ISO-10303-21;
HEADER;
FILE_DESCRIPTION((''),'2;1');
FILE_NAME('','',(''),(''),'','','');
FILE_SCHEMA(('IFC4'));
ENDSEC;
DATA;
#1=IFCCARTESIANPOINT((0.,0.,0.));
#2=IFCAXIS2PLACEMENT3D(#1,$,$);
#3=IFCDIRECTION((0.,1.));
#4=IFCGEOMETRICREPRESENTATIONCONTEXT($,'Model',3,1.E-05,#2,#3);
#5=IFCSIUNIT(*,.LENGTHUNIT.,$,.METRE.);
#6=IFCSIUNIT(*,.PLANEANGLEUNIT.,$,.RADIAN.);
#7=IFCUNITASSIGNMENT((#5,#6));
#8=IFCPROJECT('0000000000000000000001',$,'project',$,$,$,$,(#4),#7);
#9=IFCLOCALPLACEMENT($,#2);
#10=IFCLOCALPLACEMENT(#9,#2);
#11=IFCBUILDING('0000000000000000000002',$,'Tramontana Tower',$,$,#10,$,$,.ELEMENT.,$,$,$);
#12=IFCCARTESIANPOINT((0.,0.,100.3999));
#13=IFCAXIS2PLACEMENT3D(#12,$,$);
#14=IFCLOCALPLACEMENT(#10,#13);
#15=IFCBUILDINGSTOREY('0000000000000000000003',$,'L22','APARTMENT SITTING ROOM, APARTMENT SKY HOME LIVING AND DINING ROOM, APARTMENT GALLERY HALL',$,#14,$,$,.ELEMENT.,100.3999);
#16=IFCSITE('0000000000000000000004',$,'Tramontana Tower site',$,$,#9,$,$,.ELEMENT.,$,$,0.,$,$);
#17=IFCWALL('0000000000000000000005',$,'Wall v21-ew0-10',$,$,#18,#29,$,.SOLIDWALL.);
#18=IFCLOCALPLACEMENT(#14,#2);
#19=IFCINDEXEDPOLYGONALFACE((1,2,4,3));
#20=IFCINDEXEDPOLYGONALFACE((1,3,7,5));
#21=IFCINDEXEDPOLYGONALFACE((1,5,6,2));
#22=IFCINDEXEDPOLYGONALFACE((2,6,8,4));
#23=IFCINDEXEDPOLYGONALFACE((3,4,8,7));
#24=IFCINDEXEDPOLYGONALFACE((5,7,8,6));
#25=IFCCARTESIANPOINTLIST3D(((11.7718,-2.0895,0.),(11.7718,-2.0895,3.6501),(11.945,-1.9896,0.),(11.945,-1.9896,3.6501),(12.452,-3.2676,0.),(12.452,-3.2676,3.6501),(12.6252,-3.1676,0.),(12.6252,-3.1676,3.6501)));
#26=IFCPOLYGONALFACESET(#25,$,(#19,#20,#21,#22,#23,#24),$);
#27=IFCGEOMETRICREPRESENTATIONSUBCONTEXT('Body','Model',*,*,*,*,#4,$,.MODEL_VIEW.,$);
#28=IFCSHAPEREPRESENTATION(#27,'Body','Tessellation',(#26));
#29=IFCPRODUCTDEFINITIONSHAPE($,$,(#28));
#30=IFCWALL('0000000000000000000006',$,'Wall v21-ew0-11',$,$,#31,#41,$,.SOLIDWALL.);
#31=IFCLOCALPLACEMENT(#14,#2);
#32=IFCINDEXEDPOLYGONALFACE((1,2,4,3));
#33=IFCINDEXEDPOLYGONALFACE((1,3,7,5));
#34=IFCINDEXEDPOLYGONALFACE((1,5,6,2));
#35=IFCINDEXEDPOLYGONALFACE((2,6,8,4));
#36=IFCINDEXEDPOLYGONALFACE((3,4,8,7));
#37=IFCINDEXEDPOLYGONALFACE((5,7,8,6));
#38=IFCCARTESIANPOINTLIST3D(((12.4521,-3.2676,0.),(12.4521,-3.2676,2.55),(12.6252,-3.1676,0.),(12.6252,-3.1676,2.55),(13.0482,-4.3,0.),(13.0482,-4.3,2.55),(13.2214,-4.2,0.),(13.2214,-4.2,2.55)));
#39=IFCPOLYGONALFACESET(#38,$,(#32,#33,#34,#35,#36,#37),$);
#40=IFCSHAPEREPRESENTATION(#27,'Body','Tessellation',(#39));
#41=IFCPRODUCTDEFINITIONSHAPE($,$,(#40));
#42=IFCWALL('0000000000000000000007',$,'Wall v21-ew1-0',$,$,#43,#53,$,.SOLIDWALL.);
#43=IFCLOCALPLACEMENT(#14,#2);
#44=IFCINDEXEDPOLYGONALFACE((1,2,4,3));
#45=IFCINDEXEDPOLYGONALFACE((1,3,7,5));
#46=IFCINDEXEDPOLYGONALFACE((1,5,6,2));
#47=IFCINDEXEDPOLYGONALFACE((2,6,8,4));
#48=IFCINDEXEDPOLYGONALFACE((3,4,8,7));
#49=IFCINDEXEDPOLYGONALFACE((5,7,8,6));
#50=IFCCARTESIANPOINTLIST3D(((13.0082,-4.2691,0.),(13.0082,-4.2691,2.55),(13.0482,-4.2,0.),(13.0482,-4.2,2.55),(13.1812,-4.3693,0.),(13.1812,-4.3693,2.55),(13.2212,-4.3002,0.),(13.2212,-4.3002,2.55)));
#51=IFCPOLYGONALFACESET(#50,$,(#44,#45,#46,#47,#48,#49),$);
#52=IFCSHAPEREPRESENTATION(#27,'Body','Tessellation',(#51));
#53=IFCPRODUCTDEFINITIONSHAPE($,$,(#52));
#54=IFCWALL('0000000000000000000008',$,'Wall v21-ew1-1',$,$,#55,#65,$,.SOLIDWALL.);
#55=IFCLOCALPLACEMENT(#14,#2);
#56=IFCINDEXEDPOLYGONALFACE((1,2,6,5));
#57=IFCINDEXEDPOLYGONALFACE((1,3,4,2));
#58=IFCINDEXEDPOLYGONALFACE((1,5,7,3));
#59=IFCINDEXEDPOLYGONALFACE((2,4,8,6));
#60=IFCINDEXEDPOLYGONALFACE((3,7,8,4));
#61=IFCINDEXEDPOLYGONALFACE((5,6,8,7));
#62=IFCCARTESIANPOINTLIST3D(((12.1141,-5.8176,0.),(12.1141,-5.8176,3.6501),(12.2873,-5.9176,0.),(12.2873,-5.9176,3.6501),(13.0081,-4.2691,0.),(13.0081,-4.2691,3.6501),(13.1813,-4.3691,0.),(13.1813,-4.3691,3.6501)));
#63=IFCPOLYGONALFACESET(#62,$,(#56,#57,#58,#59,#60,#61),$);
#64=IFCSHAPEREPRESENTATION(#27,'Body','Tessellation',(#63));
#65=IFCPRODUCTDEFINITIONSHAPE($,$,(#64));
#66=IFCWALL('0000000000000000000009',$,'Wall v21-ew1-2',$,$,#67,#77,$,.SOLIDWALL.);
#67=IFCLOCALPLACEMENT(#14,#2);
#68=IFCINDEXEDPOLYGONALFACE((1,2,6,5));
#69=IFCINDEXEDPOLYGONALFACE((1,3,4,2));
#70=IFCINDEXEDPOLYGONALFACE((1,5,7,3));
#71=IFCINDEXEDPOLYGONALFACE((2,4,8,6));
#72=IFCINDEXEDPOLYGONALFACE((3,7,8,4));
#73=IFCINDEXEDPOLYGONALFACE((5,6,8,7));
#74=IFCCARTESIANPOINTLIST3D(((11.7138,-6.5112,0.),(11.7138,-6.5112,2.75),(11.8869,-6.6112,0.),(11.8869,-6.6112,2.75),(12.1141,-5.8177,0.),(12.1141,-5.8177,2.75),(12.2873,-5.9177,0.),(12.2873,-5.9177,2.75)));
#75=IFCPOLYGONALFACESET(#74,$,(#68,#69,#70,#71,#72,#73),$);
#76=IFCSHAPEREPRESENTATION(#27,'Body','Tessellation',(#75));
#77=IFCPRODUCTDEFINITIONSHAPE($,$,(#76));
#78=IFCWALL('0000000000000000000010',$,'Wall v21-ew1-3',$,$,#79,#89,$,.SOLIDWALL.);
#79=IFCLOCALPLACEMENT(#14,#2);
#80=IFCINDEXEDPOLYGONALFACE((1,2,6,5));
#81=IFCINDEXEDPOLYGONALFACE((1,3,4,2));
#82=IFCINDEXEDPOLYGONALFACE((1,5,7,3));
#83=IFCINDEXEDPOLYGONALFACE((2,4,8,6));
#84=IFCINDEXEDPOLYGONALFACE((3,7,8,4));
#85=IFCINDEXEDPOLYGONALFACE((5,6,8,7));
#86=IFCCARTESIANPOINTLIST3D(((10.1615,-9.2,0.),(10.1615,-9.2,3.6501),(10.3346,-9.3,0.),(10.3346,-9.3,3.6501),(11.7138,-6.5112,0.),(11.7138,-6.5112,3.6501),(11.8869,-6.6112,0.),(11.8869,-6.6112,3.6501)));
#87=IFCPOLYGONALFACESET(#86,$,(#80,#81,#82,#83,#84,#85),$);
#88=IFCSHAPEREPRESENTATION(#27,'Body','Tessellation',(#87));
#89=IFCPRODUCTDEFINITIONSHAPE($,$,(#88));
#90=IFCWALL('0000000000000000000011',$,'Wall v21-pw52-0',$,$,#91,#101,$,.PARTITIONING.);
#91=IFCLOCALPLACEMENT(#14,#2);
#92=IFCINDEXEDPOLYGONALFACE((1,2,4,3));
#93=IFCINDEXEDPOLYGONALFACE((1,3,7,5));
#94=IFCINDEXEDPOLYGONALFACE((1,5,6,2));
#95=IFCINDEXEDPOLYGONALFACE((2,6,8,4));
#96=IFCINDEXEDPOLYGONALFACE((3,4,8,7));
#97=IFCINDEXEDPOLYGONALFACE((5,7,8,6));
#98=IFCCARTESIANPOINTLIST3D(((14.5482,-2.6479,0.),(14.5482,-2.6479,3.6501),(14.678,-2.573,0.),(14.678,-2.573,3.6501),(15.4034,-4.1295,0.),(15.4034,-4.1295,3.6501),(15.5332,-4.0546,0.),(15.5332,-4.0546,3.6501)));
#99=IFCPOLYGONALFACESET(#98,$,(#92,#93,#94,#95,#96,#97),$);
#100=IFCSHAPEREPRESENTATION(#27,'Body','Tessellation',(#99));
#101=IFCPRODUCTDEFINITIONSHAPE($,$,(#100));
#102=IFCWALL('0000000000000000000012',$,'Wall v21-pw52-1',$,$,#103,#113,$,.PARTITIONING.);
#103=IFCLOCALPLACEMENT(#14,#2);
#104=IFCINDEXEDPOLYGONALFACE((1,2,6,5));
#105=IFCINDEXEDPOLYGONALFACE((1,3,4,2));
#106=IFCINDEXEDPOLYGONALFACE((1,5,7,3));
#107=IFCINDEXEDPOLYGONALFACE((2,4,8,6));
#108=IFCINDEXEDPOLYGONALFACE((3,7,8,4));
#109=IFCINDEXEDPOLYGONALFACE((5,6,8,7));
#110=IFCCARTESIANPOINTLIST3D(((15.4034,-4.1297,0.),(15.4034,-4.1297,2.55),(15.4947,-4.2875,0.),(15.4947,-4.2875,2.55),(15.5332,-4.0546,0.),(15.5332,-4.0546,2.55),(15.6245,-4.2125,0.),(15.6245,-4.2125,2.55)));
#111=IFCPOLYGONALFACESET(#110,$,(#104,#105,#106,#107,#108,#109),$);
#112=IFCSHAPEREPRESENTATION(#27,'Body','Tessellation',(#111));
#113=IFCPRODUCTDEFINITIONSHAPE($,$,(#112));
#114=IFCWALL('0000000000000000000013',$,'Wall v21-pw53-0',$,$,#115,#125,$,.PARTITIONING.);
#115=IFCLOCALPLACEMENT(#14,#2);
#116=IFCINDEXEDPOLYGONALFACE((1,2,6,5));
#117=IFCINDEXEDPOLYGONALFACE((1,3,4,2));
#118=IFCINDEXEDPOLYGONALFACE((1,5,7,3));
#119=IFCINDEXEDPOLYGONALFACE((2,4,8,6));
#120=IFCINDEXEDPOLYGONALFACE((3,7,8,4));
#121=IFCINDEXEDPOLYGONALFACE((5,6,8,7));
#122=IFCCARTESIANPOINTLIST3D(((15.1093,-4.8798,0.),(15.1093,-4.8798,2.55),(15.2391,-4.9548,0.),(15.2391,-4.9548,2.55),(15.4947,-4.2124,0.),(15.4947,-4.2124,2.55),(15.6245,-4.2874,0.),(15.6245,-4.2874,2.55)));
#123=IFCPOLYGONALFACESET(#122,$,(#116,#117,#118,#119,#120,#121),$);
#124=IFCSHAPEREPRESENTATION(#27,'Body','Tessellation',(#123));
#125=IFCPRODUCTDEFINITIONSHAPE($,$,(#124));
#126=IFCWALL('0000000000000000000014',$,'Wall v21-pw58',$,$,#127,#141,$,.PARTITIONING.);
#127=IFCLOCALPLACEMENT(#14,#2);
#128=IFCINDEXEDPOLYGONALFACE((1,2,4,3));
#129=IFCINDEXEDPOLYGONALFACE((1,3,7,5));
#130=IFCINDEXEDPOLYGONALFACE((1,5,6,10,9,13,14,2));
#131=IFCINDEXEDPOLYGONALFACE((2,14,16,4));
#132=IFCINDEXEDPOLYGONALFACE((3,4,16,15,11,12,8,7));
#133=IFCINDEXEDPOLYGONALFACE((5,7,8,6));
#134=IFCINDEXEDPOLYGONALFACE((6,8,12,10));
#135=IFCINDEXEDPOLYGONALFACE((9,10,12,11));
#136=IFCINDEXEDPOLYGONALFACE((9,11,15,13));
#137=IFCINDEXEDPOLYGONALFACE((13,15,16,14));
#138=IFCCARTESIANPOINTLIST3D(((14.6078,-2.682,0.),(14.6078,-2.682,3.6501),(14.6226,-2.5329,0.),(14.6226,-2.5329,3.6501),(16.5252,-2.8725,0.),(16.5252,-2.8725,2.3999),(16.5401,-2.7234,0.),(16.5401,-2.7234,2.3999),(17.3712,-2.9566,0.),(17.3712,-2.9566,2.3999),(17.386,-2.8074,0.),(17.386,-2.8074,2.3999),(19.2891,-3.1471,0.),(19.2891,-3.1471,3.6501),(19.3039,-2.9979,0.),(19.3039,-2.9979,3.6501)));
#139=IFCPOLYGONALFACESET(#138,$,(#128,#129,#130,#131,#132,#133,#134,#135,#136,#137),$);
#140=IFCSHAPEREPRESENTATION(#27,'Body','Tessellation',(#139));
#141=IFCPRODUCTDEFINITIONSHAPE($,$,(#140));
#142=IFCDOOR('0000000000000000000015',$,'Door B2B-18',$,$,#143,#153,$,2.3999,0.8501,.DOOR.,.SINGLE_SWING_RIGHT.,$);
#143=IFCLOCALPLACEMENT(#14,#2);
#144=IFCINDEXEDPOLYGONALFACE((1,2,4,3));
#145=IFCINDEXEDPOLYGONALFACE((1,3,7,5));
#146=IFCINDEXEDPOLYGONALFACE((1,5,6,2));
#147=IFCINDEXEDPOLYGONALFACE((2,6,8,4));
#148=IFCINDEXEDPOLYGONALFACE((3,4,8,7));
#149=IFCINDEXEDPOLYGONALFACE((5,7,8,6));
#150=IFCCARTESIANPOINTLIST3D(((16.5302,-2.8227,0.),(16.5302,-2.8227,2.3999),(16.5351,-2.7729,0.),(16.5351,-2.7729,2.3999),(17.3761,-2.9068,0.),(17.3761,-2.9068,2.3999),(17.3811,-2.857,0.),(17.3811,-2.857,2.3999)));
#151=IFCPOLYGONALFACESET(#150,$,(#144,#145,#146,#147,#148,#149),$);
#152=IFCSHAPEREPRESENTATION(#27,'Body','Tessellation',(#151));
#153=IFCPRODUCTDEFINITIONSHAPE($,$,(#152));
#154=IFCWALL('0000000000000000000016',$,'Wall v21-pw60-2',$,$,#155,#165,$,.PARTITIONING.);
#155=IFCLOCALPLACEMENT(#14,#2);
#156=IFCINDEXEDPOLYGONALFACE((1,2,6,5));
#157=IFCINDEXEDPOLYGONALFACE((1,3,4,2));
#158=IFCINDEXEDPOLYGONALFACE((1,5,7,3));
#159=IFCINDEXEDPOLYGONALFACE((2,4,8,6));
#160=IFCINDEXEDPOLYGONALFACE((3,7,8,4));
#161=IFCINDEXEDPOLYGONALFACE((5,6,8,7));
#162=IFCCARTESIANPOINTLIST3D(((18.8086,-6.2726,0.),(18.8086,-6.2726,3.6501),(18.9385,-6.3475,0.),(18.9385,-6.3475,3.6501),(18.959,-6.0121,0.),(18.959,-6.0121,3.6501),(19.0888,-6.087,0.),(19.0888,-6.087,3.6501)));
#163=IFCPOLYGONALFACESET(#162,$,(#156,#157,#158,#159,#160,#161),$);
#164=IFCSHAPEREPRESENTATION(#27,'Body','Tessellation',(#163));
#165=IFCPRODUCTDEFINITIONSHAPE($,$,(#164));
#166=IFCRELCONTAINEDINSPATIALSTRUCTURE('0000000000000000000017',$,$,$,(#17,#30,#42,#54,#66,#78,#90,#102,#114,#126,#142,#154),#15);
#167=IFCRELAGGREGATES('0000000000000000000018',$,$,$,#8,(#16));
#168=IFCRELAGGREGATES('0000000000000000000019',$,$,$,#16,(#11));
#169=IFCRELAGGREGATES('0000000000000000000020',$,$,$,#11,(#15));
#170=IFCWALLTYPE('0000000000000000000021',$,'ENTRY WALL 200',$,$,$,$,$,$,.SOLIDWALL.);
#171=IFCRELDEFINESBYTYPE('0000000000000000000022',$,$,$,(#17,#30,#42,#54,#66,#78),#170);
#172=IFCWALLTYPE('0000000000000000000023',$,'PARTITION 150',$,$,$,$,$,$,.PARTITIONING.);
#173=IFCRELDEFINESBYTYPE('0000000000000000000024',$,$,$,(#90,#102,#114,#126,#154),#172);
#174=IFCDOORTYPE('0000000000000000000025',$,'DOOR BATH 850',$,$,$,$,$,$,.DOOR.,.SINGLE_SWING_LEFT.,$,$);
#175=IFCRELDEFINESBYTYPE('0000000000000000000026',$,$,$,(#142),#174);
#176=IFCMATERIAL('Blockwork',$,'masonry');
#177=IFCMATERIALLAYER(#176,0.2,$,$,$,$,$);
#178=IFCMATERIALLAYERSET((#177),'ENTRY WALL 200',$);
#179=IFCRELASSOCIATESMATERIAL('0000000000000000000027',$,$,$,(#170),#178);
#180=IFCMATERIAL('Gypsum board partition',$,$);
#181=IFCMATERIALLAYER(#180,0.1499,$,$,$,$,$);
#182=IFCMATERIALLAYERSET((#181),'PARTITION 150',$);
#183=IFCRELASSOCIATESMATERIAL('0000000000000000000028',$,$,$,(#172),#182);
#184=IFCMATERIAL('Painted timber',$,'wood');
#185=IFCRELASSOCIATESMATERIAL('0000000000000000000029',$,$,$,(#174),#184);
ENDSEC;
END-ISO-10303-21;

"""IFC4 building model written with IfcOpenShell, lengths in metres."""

from ifc_helpers import new_model, si_unit, direction, frame, frame_2d, origin, place, context, subcontext, project, spatial, rectangle, extrude, material, layer, layer_set, type_object, element, fill, save


model = new_model("IFC4")

# Units and contexts
model_context = context("Model", 3, precision=1e-05, world=origin(), true_north=direction((0.0, 1.0)))
body_context = subcontext(model_context, "Body", "Model", "MODEL_VIEW")
ifc_project = project(units=[si_unit("LENGTHUNIT", "METRE"), si_unit("PLANEANGLEUNIT", "RADIAN")], contexts=[model_context])

# Site, building, storey
site_placement = place(None, origin())
site = spatial("IfcSite", under=ifc_project, at=site_placement, Name="Tramontana Tower site", CompositionType="ELEMENT", RefElevation=0.0)
building_placement = place(site_placement, origin())
building = spatial("IfcBuilding", under=site, at=building_placement, Name="Tramontana Tower", CompositionType="ELEMENT")
storey_placement = place(building_placement, frame((0.0, 0.0, 100.3999)))
storey = spatial("IfcBuildingStorey", under=building, at=storey_placement, Name="L22", Description="APARTMENT SITTING ROOM, APARTMENT SKY HOME LIVING AND DINING ROOM, APARTMENT GALLERY HALL", CompositionType="ELEMENT", Elevation=100.3999)

# Walls
ifc_material_1 = material(Name="Blockwork", Category="masonry")
ifc_layer_1 = layer(ifc_material_1, 0.2)
ifc_layer_set_1 = layer_set([ifc_layer_1], Name="ENTRY WALL 200")
wall_type_1 = type_object("IfcWallType", Name="ENTRY WALL 200", PredefinedType="SOLIDWALL", material=ifc_layer_set_1)
wall_1_placement = place(storey_placement, frame((11.8584, -2.0396, 0.0), z_axis=(0.0, 0.0, 1.0), x_axis=(0.500038, -0.866003, 0.0)))
element("IfcWall", 1, at=wall_1_placement, inside=storey, type_object=wall_type_1, Name="Wall v21-ew0-10", PredefinedType="SOLIDWALL", context=body_context, shape_type="SweptSolid", body=[
    extrude(rectangle(XDim=1.3604, YDim=0.2, at=frame_2d((0.6802, 0.0))), origin(), (0.0, 0.0, 1.0), 3.6501),
])
wall_2_placement = place(storey_placement, frame((12.5386, -3.2175, 0.0), z_axis=(0.0, 0.0, 1.0), x_axis=(0.500059, -0.865991, 0.0)))
element("IfcWall", 2, at=wall_2_placement, inside=storey, type_object=wall_type_1, Name="Wall v21-ew0-11", PredefinedType="SOLIDWALL", context=body_context, shape_type="SweptSolid", body=[
    extrude(rectangle(XDim=1.1921, YDim=0.2, at=frame_2d((0.5962, 0.0))), origin(), (0.0, 0.0, 1.0), 2.55),
])
wall_3_placement = place(storey_placement, frame((13.1348, -4.25, 0.0), z_axis=(0.0, 0.0, 1.0), x_axis=(-0.501398, -0.865217, 0.0)))
element("IfcWall", 3, at=wall_3_placement, inside=storey, type_object=wall_type_1, Name="Wall v21-ew1-0", PredefinedType="SOLIDWALL", context=body_context, shape_type="SweptSolid", body=[
    extrude(rectangle(XDim=0.0798, YDim=0.2, at=frame_2d((0.04, 0.0))), origin(), (0.0, 0.0, 1.0), 2.55),
])
wall_4_placement = place(storey_placement, frame((13.0947, -4.3191, 0.0), z_axis=(0.0, 0.0, 1.0), x_axis=(-0.499986, -0.866033, 0.0)))
element("IfcWall", 4, at=wall_4_placement, inside=storey, type_object=wall_type_1, Name="Wall v21-ew1-1", PredefinedType="SOLIDWALL", context=body_context, shape_type="SweptSolid", body=[
    extrude(rectangle(XDim=1.7881, YDim=0.2, at=frame_2d((0.894, 0.0))), origin(), (0.0, 0.0, 1.0), 3.6501),
])
wall_5_placement = place(storey_placement, frame((12.2007, -5.8677, 0.0), z_axis=(0.0, 0.0, 1.0), x_axis=(-0.499942, -0.866059, 0.0)))
element("IfcWall", 5, at=wall_5_placement, inside=storey, type_object=wall_type_1, Name="Wall v21-ew1-2", PredefinedType="SOLIDWALL", context=body_context, shape_type="SweptSolid", body=[
    extrude(rectangle(XDim=0.8008, YDim=0.2, at=frame_2d((0.4004, 0.0))), origin(), (0.0, 0.0, 1.0), 2.75),
])
wall_6_placement = place(storey_placement, frame((11.8003, -6.5613, 0.0), z_axis=(0.0, 0.0, 1.0), x_axis=(-0.499979, -0.866038, 0.0)))
element("IfcWall", 6, at=wall_6_placement, inside=storey, type_object=wall_type_1, Name="Wall v21-ew1-3", PredefinedType="SOLIDWALL", context=body_context, shape_type="SweptSolid", body=[
    extrude(rectangle(XDim=3.1047, YDim=0.2, at=frame_2d((1.5522, 0.0))), origin(), (0.0, 0.0, 1.0), 3.6501),
])
ifc_material_2 = material(Name="Gypsum board partition")
ifc_layer_2 = layer(ifc_material_2, 0.1499)
ifc_layer_set_2 = layer_set([ifc_layer_2], Name="PARTITION 150")
wall_type_2 = type_object("IfcWallType", Name="PARTITION 150", PredefinedType="PARTITIONING", material=ifc_layer_set_2)
wall_7_placement = place(storey_placement, frame((14.613, -2.6104, 0.0), z_axis=(0.0, 0.0, 1.0), x_axis=(0.4999, -0.866083, 0.0)))
element("IfcWall", 7, at=wall_7_placement, inside=storey, type_object=wall_type_2, Name="Wall v21-pw52-0", PredefinedType="PARTITIONING", context=body_context, shape_type="SweptSolid", body=[
    extrude(rectangle(XDim=1.7107, YDim=0.1499, at=frame_2d((0.8555, 0.0))), origin(), (0.0, 0.0, 1.0), 3.6501),
])
wall_8_placement = place(storey_placement, frame((15.4683, -4.092, 0.0), z_axis=(0.0, 0.0, 1.0), x_axis=(0.500456, -0.865762, 0.0)))
element("IfcWall", 8, at=wall_8_placement, inside=storey, type_object=wall_type_2, Name="Wall v21-pw52-1", PredefinedType="PARTITIONING", context=body_context, shape_type="SweptSolid", body=[
    extrude(rectangle(XDim=0.1824, YDim=0.1499, at=frame_2d((0.0913, 0.0))), origin(), (0.0, 0.0, 1.0), 2.55),
])
wall_9_placement = place(storey_placement, frame((15.5596, -4.25, 0.0), z_axis=(0.0, 0.0, 1.0), x_axis=(-0.500125, -0.865953, 0.0)))
element("IfcWall", 9, at=wall_9_placement, inside=storey, type_object=wall_type_2, Name="Wall v21-pw53-0", PredefinedType="PARTITIONING", context=body_context, shape_type="SweptSolid", body=[
    extrude(rectangle(XDim=0.7708, YDim=0.1499, at=frame_2d((0.3853, 0.0))), origin(), (0.0, 0.0, 1.0), 2.55),
])

# Wall, opening, door
wall_10_placement = place(storey_placement, frame((19.2964, -3.0725, 0.0), z_axis=(0.0, 0.0, 1.0), x_axis=(-0.995101, 0.098861, 0.0)))
wall_10 = element("IfcWall", 10, at=wall_10_placement, inside=storey, type_object=wall_type_2, Name="Wall v21-pw58", PredefinedType="PARTITIONING", context=body_context, shape_type="SweptSolid", body=[
    extrude(rectangle(XDim=4.7043, YDim=0.1499, at=frame_2d((2.3521, 0.0))), origin(), (0.0, 0.0, 1.0), 3.6501),
])
opening_1_placement = place(wall_10_placement, frame((1.9272, 0.0, 0.0)))
opening_1 = element("IfcOpeningElement", 11, at=opening_1_placement, cuts=wall_10, PredefinedType="OPENING", context=body_context, shape_type="SweptSolid", body=[
    extrude(rectangle(XDim=0.8501, YDim=2.3999, at=frame_2d((0.425, 1.2))), frame((0.0, 0.085, 0.0), z_axis=(0.0, -1.0, 0.0), x_axis=(1.0, 0.0, 0.0)), (0.0, 0.0, 1.0), 0.1699),
])
ifc_material_3 = material(Name="Painted timber", Category="wood")
door_type_1 = type_object("IfcDoorType", Name="DOOR BATH 850", OperationType="SINGLE_SWING_LEFT", PredefinedType="DOOR", material=ifc_material_3)
door_1_placement = place(opening_1_placement, origin())
door_1 = element("IfcDoor", 12, at=door_1_placement, inside=storey, type_object=door_type_1, Name="Door B2B-18", OperationType="SINGLE_SWING_RIGHT", OverallHeight=2.3999, OverallWidth=0.8501, PredefinedType="DOOR", context=body_context, shape_type="SweptSolid", body=[
    extrude(rectangle(XDim=0.8501, YDim=2.3999, at=frame_2d((0.425, 1.2))), frame((0.0, 0.0249, 0.0), z_axis=(0.0, -1.0, 0.0), x_axis=(1.0, 0.0, 0.0)), (0.0, 0.0, 1.0), 0.05),
])
fill(opening_1, door_1)

# Wall
wall_11_placement = place(storey_placement, frame((19.0239, -6.0496, 0.0), z_axis=(0.0, 0.0, 1.0), x_axis=(-0.49998, -0.866037, 0.0)))
element("IfcWall", 13, at=wall_11_placement, inside=storey, type_object=wall_type_2, Name="Wall v21-pw60-2", PredefinedType="PARTITIONING", context=body_context, shape_type="SweptSolid", body=[
    extrude(rectangle(XDim=0.3008, YDim=0.1499, at=frame_2d((0.1504, 0.0))), origin(), (0.0, 0.0, 1.0), 3.6501),
])

save(model, "model.ifc")
